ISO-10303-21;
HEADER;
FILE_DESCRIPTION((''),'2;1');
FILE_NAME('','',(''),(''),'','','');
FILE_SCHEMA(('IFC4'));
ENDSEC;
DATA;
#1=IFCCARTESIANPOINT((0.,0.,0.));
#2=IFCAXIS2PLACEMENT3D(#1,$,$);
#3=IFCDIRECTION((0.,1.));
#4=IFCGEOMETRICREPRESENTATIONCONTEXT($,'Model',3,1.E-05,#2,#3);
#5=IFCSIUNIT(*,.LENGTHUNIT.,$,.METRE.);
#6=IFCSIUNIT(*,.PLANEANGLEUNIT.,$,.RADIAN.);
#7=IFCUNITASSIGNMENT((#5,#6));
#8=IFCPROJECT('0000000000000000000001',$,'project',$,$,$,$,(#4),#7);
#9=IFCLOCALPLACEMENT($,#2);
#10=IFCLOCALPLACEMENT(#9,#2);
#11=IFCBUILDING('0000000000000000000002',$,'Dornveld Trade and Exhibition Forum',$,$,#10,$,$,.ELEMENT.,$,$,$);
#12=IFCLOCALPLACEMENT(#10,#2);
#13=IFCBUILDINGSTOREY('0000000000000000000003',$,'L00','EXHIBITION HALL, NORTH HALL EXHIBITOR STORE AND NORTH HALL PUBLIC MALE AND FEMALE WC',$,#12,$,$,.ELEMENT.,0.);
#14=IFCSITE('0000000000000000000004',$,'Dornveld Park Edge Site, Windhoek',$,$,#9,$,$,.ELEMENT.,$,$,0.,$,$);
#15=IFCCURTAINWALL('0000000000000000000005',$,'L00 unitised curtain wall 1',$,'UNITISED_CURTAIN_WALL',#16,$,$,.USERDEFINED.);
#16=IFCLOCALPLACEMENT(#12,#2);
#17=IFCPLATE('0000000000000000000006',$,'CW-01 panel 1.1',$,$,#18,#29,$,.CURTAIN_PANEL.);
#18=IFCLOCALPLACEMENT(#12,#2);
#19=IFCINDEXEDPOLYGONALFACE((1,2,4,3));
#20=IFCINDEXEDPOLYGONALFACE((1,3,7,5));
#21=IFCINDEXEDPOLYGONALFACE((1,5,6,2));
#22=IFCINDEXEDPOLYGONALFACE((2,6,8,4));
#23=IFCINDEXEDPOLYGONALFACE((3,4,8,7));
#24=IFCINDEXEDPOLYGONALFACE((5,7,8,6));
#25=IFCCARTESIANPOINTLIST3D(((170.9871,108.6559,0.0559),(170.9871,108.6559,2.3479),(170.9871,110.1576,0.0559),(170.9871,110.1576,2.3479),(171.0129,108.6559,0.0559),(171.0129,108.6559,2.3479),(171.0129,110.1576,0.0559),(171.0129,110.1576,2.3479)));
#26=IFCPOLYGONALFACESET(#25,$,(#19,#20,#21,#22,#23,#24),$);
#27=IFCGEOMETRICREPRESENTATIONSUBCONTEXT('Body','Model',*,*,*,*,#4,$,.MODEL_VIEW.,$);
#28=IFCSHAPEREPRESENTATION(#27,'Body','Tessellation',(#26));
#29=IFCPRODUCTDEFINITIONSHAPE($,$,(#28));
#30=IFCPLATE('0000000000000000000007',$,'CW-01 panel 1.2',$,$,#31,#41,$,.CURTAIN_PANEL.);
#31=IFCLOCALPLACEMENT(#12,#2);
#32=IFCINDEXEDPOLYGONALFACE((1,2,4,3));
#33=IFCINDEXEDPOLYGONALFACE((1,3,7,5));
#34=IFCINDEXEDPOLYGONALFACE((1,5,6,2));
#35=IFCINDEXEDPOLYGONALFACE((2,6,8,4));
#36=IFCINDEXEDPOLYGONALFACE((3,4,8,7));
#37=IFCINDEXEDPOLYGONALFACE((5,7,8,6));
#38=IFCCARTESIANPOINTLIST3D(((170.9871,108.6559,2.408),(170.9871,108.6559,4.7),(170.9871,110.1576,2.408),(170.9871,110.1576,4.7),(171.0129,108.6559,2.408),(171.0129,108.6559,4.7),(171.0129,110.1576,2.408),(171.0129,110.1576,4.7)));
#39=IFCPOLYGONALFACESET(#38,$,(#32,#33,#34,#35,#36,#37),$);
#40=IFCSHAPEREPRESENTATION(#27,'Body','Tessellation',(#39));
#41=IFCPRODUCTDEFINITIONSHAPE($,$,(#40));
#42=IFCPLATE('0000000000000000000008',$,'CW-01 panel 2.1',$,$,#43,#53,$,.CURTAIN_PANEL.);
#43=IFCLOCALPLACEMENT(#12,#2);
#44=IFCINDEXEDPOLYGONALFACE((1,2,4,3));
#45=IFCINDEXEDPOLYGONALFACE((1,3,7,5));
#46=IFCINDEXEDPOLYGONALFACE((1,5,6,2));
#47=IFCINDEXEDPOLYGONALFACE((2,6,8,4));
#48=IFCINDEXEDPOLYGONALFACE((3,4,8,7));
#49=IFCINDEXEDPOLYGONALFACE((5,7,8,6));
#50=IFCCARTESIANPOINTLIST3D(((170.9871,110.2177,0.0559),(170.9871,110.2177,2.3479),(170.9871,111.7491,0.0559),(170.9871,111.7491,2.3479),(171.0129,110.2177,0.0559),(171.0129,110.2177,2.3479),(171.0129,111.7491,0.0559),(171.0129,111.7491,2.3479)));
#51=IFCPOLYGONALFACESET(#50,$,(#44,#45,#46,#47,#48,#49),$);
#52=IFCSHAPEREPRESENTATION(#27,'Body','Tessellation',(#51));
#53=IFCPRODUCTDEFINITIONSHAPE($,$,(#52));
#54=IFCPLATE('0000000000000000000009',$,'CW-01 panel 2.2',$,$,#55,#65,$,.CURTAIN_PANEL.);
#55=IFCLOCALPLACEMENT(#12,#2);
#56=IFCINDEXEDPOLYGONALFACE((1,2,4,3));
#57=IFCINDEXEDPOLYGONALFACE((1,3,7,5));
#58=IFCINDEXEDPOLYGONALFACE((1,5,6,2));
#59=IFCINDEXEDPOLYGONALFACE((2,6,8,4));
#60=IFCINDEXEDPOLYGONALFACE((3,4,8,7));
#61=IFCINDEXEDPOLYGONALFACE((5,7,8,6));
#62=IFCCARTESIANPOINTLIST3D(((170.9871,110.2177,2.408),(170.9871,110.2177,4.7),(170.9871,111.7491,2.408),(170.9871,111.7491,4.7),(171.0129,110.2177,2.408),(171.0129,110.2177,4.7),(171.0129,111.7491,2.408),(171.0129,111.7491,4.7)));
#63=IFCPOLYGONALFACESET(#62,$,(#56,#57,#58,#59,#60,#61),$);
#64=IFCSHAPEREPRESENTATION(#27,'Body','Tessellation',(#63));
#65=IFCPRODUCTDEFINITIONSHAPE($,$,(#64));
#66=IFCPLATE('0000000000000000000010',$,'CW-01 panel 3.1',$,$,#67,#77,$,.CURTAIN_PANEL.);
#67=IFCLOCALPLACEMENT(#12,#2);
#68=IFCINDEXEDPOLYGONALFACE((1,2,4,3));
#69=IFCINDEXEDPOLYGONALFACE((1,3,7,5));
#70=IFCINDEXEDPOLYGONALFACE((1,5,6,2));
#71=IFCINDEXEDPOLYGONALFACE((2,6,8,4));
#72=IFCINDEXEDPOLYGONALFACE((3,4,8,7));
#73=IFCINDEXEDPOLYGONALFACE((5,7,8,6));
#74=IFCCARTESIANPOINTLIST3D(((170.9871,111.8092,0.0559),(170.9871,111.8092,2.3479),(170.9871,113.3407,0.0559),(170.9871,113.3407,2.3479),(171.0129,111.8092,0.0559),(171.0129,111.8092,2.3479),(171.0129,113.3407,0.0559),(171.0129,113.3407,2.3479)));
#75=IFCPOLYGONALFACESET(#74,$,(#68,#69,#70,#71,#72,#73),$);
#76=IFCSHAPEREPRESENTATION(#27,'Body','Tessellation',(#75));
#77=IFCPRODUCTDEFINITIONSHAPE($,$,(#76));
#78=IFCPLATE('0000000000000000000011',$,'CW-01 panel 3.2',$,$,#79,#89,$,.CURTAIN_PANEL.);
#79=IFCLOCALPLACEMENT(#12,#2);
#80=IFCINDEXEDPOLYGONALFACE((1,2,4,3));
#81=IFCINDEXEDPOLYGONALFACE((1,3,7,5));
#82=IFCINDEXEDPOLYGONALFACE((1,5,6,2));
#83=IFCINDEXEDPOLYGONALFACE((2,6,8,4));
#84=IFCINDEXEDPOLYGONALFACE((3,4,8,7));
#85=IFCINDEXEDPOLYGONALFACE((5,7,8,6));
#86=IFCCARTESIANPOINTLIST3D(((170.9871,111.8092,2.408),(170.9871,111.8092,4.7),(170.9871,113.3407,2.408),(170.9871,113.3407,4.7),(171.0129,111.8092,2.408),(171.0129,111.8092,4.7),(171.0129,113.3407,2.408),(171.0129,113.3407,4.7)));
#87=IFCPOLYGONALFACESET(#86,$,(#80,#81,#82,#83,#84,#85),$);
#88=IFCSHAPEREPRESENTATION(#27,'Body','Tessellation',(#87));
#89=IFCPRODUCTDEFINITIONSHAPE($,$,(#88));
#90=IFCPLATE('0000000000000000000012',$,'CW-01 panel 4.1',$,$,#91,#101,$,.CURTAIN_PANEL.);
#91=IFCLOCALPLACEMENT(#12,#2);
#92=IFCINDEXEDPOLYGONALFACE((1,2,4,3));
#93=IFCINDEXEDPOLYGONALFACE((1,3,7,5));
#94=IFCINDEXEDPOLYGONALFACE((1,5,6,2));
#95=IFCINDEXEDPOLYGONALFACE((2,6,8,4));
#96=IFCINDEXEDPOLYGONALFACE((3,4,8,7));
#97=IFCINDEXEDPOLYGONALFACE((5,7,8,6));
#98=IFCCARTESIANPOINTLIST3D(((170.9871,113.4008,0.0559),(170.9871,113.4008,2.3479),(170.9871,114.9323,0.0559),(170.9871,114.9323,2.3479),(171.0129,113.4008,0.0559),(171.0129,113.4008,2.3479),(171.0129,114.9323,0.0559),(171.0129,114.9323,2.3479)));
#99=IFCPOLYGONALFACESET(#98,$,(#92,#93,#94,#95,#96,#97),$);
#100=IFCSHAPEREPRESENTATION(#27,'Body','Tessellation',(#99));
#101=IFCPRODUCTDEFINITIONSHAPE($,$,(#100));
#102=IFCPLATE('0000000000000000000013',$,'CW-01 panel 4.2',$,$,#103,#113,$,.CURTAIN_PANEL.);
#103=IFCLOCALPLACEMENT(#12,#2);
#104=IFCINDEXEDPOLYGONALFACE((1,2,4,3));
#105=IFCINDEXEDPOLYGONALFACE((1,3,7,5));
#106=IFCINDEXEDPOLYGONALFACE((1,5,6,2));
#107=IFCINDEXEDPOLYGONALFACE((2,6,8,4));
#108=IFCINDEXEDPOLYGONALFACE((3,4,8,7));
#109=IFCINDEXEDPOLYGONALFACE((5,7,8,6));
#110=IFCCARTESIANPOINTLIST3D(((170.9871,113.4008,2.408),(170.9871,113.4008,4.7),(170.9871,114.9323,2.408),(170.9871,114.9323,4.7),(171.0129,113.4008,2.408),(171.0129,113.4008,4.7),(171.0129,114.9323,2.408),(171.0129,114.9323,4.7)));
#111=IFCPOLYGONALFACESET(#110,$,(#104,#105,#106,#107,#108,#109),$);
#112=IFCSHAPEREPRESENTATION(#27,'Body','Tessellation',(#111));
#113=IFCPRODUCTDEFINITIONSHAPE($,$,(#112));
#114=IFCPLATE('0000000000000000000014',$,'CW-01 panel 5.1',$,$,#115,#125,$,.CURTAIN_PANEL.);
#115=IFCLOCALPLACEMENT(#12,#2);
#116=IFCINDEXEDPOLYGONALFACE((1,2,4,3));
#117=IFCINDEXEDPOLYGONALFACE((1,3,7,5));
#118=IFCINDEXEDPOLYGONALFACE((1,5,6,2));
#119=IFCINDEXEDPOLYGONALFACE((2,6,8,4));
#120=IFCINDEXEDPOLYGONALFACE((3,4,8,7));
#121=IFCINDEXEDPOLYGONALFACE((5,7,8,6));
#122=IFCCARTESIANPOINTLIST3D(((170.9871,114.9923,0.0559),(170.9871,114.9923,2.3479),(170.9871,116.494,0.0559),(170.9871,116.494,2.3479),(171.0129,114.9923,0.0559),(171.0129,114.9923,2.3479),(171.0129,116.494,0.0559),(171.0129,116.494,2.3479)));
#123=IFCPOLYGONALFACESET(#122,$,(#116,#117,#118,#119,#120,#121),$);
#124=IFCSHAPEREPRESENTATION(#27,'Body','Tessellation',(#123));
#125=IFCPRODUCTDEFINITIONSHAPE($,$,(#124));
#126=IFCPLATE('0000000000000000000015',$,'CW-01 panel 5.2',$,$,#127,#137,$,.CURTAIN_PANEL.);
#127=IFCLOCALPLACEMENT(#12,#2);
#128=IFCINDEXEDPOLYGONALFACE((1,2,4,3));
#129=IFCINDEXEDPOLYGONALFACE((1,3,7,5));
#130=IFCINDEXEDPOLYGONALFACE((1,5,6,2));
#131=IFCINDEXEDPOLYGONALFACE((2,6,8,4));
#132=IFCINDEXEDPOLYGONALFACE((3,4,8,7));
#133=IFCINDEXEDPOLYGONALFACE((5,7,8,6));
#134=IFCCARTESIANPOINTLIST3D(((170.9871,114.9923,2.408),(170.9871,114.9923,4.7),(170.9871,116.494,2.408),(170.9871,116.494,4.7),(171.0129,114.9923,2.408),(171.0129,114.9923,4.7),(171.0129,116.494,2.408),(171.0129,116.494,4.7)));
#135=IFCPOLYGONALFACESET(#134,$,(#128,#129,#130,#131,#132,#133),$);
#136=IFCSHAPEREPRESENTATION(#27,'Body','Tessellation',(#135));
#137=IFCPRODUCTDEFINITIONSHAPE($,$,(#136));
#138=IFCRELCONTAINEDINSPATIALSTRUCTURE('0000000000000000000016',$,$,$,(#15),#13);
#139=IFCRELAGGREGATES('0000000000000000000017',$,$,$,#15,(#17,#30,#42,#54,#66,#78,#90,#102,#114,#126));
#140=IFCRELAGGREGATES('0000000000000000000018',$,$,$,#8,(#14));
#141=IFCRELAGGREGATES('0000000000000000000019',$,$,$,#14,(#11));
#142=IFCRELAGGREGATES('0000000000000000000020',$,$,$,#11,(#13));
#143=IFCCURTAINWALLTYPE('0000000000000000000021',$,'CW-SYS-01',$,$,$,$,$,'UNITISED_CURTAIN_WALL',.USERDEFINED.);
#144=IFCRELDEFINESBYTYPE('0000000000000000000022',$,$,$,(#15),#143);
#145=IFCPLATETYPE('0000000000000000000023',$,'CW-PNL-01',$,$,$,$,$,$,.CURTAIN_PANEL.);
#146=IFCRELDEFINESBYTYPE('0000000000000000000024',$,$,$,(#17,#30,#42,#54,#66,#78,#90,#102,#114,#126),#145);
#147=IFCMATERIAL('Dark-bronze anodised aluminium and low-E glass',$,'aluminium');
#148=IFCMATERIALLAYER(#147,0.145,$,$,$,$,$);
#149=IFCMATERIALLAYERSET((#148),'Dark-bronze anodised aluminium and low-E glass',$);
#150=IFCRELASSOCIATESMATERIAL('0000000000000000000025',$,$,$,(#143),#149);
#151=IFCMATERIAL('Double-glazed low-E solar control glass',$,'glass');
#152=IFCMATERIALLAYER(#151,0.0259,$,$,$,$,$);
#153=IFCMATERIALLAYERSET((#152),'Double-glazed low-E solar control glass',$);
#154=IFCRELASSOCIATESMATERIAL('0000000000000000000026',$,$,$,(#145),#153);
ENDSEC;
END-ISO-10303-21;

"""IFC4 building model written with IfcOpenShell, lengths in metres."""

from ifc_helpers import new_model, si_unit, direction, frame, origin, origin_2d, place, context, subcontext, project, spatial, rectangle, extrude, material, layer, layer_set, type_object, element, aggregate, save


model = new_model("IFC4")

# Units and contexts
model_context = context("Model", 3, precision=1e-05, world=origin(), true_north=direction((0.0, 1.0)))
body_context = subcontext(model_context, "Body", "Model", "MODEL_VIEW")
ifc_project = project(units=[si_unit("LENGTHUNIT", "METRE"), si_unit("PLANEANGLEUNIT", "RADIAN")], contexts=[model_context])

# Site, building, storey
site_placement = place(None, origin())
site = spatial("IfcSite", under=ifc_project, at=site_placement, Name="Dornveld Park Edge Site, Windhoek", CompositionType="ELEMENT", RefElevation=0.0)
building_placement = place(site_placement, origin())
building = spatial("IfcBuilding", under=site, at=building_placement, Name="Dornveld Trade and Exhibition Forum", CompositionType="ELEMENT")
storey_placement = place(building_placement, origin())
storey = spatial("IfcBuildingStorey", under=building, at=storey_placement, Name="L00", Description="EXHIBITION HALL, NORTH HALL EXHIBITOR STORE AND NORTH HALL PUBLIC MALE AND FEMALE WC", CompositionType="ELEMENT", Elevation=0.0)

# Curtain wall, plates
ifc_material_1 = material(Name="Dark-bronze anodised aluminium and low-E glass", Category="aluminium")
ifc_layer_1 = layer(ifc_material_1, 0.145)
ifc_layer_set_1 = layer_set([ifc_layer_1], Name="Dark-bronze anodised aluminium and low-E glass")
curtain_wall_type = type_object("IfcCurtainWallType", Name="CW-SYS-01", ElementType="UNITISED_CURTAIN_WALL", PredefinedType="USERDEFINED", material=ifc_layer_set_1)
curtain_wall_placement = place(storey_placement, origin())
curtain_wall = element("IfcCurtainWall", 1, at=curtain_wall_placement, inside=storey, type_object=curtain_wall_type, Name="L00 unitised curtain wall 1", ObjectType="UNITISED_CURTAIN_WALL", PredefinedType="USERDEFINED")
ifc_material_2 = material(Name="Double-glazed low-E solar control glass", Category="glass")
ifc_layer_2 = layer(ifc_material_2, 0.0259)
ifc_layer_set_2 = layer_set([ifc_layer_2], Name="Double-glazed low-E solar control glass")
plate_type = type_object("IfcPlateType", Name="CW-PNL-01", PredefinedType="CURTAIN_PANEL", material=ifc_layer_set_2)
plate_1_placement = place(storey_placement, frame((171.0, 109.4067, 0.0559), z_axis=(0.0, 0.0, 1.0), x_axis=(0.0, 1.0, 0.0)))
plate_1 = element("IfcPlate", 2, at=plate_1_placement, type_object=plate_type, Name="CW-01 panel 1.1", PredefinedType="CURTAIN_PANEL", context=body_context, shape_type="SweptSolid", body=[
    extrude(rectangle(XDim=1.5017, YDim=0.0259, at=origin_2d()), origin(), (0.0, 0.0, 1.0), 2.292),
])
plate_2_placement = place(storey_placement, frame((171.0, 109.4067, 2.408), z_axis=(0.0, 0.0, 1.0), x_axis=(0.0, 1.0, 0.0)))
plate_2 = element("IfcPlate", 3, at=plate_2_placement, type_object=plate_type, Name="CW-01 panel 1.2", PredefinedType="CURTAIN_PANEL", context=body_context, shape_type="SweptSolid", body=[
    extrude(rectangle(XDim=1.5017, YDim=0.0259, at=origin_2d()), origin(), (0.0, 0.0, 1.0), 2.292),
])
plate_3_placement = place(storey_placement, frame((171.0, 110.9834, 0.0559), z_axis=(0.0, 0.0, 1.0), x_axis=(0.0, 1.0, 0.0)))
plate_3 = element("IfcPlate", 4, at=plate_3_placement, type_object=plate_type, Name="CW-01 panel 2.1", PredefinedType="CURTAIN_PANEL", context=body_context, shape_type="SweptSolid", body=[
    extrude(rectangle(XDim=1.5315, YDim=0.0259, at=origin_2d()), origin(), (0.0, 0.0, 1.0), 2.292),
])
plate_4_placement = place(storey_placement, frame((171.0, 110.9834, 2.408), z_axis=(0.0, 0.0, 1.0), x_axis=(0.0, 1.0, 0.0)))
plate_4 = element("IfcPlate", 5, at=plate_4_placement, type_object=plate_type, Name="CW-01 panel 2.2", PredefinedType="CURTAIN_PANEL", context=body_context, shape_type="SweptSolid", body=[
    extrude(rectangle(XDim=1.5315, YDim=0.0259, at=origin_2d()), origin(), (0.0, 0.0, 1.0), 2.292),
])
plate_5_placement = place(storey_placement, frame((171.0, 112.575, 0.0559), z_axis=(0.0, 0.0, 1.0), x_axis=(0.0, 1.0, 0.0)))
plate_5 = element("IfcPlate", 6, at=plate_5_placement, type_object=plate_type, Name="CW-01 panel 3.1", PredefinedType="CURTAIN_PANEL", context=body_context, shape_type="SweptSolid", body=[
    extrude(rectangle(XDim=1.5315, YDim=0.0259, at=origin_2d()), origin(), (0.0, 0.0, 1.0), 2.292),
])
plate_6_placement = place(storey_placement, frame((171.0, 112.575, 2.408), z_axis=(0.0, 0.0, 1.0), x_axis=(0.0, 1.0, 0.0)))
plate_6 = element("IfcPlate", 7, at=plate_6_placement, type_object=plate_type, Name="CW-01 panel 3.2", PredefinedType="CURTAIN_PANEL", context=body_context, shape_type="SweptSolid", body=[
    extrude(rectangle(XDim=1.5315, YDim=0.0259, at=origin_2d()), origin(), (0.0, 0.0, 1.0), 2.292),
])
plate_7_placement = place(storey_placement, frame((171.0, 114.1665, 0.0559), z_axis=(0.0, 0.0, 1.0), x_axis=(0.0, 1.0, 0.0)))
plate_7 = element("IfcPlate", 8, at=plate_7_placement, type_object=plate_type, Name="CW-01 panel 4.1", PredefinedType="CURTAIN_PANEL", context=body_context, shape_type="SweptSolid", body=[
    extrude(rectangle(XDim=1.5315, YDim=0.0259, at=origin_2d()), origin(), (0.0, 0.0, 1.0), 2.292),
])
plate_8_placement = place(storey_placement, frame((171.0, 114.1665, 2.408), z_axis=(0.0, 0.0, 1.0), x_axis=(0.0, 1.0, 0.0)))
plate_8 = element("IfcPlate", 9, at=plate_8_placement, type_object=plate_type, Name="CW-01 panel 4.2", PredefinedType="CURTAIN_PANEL", context=body_context, shape_type="SweptSolid", body=[
    extrude(rectangle(XDim=1.5315, YDim=0.0259, at=origin_2d()), origin(), (0.0, 0.0, 1.0), 2.292),
])
plate_9_placement = place(storey_placement, frame((171.0, 115.7432, 0.0559), z_axis=(0.0, 0.0, 1.0), x_axis=(0.0, 1.0, 0.0)))
plate_9 = element("IfcPlate", 10, at=plate_9_placement, type_object=plate_type, Name="CW-01 panel 5.1", PredefinedType="CURTAIN_PANEL", context=body_context, shape_type="SweptSolid", body=[
    extrude(rectangle(XDim=1.5017, YDim=0.0259, at=origin_2d()), origin(), (0.0, 0.0, 1.0), 2.292),
])
plate_10_placement = place(storey_placement, frame((171.0, 115.7432, 2.408), z_axis=(0.0, 0.0, 1.0), x_axis=(0.0, 1.0, 0.0)))
plate_10 = element("IfcPlate", 11, at=plate_10_placement, type_object=plate_type, Name="CW-01 panel 5.2", PredefinedType="CURTAIN_PANEL", context=body_context, shape_type="SweptSolid", body=[
    extrude(rectangle(XDim=1.5017, YDim=0.0259, at=origin_2d()), origin(), (0.0, 0.0, 1.0), 2.292),
])
aggregate(curtain_wall, [plate_1, plate_2, plate_3, plate_4, plate_5, plate_6, plate_7, plate_8, plate_9, plate_10])

save(model, "model.ifc")
